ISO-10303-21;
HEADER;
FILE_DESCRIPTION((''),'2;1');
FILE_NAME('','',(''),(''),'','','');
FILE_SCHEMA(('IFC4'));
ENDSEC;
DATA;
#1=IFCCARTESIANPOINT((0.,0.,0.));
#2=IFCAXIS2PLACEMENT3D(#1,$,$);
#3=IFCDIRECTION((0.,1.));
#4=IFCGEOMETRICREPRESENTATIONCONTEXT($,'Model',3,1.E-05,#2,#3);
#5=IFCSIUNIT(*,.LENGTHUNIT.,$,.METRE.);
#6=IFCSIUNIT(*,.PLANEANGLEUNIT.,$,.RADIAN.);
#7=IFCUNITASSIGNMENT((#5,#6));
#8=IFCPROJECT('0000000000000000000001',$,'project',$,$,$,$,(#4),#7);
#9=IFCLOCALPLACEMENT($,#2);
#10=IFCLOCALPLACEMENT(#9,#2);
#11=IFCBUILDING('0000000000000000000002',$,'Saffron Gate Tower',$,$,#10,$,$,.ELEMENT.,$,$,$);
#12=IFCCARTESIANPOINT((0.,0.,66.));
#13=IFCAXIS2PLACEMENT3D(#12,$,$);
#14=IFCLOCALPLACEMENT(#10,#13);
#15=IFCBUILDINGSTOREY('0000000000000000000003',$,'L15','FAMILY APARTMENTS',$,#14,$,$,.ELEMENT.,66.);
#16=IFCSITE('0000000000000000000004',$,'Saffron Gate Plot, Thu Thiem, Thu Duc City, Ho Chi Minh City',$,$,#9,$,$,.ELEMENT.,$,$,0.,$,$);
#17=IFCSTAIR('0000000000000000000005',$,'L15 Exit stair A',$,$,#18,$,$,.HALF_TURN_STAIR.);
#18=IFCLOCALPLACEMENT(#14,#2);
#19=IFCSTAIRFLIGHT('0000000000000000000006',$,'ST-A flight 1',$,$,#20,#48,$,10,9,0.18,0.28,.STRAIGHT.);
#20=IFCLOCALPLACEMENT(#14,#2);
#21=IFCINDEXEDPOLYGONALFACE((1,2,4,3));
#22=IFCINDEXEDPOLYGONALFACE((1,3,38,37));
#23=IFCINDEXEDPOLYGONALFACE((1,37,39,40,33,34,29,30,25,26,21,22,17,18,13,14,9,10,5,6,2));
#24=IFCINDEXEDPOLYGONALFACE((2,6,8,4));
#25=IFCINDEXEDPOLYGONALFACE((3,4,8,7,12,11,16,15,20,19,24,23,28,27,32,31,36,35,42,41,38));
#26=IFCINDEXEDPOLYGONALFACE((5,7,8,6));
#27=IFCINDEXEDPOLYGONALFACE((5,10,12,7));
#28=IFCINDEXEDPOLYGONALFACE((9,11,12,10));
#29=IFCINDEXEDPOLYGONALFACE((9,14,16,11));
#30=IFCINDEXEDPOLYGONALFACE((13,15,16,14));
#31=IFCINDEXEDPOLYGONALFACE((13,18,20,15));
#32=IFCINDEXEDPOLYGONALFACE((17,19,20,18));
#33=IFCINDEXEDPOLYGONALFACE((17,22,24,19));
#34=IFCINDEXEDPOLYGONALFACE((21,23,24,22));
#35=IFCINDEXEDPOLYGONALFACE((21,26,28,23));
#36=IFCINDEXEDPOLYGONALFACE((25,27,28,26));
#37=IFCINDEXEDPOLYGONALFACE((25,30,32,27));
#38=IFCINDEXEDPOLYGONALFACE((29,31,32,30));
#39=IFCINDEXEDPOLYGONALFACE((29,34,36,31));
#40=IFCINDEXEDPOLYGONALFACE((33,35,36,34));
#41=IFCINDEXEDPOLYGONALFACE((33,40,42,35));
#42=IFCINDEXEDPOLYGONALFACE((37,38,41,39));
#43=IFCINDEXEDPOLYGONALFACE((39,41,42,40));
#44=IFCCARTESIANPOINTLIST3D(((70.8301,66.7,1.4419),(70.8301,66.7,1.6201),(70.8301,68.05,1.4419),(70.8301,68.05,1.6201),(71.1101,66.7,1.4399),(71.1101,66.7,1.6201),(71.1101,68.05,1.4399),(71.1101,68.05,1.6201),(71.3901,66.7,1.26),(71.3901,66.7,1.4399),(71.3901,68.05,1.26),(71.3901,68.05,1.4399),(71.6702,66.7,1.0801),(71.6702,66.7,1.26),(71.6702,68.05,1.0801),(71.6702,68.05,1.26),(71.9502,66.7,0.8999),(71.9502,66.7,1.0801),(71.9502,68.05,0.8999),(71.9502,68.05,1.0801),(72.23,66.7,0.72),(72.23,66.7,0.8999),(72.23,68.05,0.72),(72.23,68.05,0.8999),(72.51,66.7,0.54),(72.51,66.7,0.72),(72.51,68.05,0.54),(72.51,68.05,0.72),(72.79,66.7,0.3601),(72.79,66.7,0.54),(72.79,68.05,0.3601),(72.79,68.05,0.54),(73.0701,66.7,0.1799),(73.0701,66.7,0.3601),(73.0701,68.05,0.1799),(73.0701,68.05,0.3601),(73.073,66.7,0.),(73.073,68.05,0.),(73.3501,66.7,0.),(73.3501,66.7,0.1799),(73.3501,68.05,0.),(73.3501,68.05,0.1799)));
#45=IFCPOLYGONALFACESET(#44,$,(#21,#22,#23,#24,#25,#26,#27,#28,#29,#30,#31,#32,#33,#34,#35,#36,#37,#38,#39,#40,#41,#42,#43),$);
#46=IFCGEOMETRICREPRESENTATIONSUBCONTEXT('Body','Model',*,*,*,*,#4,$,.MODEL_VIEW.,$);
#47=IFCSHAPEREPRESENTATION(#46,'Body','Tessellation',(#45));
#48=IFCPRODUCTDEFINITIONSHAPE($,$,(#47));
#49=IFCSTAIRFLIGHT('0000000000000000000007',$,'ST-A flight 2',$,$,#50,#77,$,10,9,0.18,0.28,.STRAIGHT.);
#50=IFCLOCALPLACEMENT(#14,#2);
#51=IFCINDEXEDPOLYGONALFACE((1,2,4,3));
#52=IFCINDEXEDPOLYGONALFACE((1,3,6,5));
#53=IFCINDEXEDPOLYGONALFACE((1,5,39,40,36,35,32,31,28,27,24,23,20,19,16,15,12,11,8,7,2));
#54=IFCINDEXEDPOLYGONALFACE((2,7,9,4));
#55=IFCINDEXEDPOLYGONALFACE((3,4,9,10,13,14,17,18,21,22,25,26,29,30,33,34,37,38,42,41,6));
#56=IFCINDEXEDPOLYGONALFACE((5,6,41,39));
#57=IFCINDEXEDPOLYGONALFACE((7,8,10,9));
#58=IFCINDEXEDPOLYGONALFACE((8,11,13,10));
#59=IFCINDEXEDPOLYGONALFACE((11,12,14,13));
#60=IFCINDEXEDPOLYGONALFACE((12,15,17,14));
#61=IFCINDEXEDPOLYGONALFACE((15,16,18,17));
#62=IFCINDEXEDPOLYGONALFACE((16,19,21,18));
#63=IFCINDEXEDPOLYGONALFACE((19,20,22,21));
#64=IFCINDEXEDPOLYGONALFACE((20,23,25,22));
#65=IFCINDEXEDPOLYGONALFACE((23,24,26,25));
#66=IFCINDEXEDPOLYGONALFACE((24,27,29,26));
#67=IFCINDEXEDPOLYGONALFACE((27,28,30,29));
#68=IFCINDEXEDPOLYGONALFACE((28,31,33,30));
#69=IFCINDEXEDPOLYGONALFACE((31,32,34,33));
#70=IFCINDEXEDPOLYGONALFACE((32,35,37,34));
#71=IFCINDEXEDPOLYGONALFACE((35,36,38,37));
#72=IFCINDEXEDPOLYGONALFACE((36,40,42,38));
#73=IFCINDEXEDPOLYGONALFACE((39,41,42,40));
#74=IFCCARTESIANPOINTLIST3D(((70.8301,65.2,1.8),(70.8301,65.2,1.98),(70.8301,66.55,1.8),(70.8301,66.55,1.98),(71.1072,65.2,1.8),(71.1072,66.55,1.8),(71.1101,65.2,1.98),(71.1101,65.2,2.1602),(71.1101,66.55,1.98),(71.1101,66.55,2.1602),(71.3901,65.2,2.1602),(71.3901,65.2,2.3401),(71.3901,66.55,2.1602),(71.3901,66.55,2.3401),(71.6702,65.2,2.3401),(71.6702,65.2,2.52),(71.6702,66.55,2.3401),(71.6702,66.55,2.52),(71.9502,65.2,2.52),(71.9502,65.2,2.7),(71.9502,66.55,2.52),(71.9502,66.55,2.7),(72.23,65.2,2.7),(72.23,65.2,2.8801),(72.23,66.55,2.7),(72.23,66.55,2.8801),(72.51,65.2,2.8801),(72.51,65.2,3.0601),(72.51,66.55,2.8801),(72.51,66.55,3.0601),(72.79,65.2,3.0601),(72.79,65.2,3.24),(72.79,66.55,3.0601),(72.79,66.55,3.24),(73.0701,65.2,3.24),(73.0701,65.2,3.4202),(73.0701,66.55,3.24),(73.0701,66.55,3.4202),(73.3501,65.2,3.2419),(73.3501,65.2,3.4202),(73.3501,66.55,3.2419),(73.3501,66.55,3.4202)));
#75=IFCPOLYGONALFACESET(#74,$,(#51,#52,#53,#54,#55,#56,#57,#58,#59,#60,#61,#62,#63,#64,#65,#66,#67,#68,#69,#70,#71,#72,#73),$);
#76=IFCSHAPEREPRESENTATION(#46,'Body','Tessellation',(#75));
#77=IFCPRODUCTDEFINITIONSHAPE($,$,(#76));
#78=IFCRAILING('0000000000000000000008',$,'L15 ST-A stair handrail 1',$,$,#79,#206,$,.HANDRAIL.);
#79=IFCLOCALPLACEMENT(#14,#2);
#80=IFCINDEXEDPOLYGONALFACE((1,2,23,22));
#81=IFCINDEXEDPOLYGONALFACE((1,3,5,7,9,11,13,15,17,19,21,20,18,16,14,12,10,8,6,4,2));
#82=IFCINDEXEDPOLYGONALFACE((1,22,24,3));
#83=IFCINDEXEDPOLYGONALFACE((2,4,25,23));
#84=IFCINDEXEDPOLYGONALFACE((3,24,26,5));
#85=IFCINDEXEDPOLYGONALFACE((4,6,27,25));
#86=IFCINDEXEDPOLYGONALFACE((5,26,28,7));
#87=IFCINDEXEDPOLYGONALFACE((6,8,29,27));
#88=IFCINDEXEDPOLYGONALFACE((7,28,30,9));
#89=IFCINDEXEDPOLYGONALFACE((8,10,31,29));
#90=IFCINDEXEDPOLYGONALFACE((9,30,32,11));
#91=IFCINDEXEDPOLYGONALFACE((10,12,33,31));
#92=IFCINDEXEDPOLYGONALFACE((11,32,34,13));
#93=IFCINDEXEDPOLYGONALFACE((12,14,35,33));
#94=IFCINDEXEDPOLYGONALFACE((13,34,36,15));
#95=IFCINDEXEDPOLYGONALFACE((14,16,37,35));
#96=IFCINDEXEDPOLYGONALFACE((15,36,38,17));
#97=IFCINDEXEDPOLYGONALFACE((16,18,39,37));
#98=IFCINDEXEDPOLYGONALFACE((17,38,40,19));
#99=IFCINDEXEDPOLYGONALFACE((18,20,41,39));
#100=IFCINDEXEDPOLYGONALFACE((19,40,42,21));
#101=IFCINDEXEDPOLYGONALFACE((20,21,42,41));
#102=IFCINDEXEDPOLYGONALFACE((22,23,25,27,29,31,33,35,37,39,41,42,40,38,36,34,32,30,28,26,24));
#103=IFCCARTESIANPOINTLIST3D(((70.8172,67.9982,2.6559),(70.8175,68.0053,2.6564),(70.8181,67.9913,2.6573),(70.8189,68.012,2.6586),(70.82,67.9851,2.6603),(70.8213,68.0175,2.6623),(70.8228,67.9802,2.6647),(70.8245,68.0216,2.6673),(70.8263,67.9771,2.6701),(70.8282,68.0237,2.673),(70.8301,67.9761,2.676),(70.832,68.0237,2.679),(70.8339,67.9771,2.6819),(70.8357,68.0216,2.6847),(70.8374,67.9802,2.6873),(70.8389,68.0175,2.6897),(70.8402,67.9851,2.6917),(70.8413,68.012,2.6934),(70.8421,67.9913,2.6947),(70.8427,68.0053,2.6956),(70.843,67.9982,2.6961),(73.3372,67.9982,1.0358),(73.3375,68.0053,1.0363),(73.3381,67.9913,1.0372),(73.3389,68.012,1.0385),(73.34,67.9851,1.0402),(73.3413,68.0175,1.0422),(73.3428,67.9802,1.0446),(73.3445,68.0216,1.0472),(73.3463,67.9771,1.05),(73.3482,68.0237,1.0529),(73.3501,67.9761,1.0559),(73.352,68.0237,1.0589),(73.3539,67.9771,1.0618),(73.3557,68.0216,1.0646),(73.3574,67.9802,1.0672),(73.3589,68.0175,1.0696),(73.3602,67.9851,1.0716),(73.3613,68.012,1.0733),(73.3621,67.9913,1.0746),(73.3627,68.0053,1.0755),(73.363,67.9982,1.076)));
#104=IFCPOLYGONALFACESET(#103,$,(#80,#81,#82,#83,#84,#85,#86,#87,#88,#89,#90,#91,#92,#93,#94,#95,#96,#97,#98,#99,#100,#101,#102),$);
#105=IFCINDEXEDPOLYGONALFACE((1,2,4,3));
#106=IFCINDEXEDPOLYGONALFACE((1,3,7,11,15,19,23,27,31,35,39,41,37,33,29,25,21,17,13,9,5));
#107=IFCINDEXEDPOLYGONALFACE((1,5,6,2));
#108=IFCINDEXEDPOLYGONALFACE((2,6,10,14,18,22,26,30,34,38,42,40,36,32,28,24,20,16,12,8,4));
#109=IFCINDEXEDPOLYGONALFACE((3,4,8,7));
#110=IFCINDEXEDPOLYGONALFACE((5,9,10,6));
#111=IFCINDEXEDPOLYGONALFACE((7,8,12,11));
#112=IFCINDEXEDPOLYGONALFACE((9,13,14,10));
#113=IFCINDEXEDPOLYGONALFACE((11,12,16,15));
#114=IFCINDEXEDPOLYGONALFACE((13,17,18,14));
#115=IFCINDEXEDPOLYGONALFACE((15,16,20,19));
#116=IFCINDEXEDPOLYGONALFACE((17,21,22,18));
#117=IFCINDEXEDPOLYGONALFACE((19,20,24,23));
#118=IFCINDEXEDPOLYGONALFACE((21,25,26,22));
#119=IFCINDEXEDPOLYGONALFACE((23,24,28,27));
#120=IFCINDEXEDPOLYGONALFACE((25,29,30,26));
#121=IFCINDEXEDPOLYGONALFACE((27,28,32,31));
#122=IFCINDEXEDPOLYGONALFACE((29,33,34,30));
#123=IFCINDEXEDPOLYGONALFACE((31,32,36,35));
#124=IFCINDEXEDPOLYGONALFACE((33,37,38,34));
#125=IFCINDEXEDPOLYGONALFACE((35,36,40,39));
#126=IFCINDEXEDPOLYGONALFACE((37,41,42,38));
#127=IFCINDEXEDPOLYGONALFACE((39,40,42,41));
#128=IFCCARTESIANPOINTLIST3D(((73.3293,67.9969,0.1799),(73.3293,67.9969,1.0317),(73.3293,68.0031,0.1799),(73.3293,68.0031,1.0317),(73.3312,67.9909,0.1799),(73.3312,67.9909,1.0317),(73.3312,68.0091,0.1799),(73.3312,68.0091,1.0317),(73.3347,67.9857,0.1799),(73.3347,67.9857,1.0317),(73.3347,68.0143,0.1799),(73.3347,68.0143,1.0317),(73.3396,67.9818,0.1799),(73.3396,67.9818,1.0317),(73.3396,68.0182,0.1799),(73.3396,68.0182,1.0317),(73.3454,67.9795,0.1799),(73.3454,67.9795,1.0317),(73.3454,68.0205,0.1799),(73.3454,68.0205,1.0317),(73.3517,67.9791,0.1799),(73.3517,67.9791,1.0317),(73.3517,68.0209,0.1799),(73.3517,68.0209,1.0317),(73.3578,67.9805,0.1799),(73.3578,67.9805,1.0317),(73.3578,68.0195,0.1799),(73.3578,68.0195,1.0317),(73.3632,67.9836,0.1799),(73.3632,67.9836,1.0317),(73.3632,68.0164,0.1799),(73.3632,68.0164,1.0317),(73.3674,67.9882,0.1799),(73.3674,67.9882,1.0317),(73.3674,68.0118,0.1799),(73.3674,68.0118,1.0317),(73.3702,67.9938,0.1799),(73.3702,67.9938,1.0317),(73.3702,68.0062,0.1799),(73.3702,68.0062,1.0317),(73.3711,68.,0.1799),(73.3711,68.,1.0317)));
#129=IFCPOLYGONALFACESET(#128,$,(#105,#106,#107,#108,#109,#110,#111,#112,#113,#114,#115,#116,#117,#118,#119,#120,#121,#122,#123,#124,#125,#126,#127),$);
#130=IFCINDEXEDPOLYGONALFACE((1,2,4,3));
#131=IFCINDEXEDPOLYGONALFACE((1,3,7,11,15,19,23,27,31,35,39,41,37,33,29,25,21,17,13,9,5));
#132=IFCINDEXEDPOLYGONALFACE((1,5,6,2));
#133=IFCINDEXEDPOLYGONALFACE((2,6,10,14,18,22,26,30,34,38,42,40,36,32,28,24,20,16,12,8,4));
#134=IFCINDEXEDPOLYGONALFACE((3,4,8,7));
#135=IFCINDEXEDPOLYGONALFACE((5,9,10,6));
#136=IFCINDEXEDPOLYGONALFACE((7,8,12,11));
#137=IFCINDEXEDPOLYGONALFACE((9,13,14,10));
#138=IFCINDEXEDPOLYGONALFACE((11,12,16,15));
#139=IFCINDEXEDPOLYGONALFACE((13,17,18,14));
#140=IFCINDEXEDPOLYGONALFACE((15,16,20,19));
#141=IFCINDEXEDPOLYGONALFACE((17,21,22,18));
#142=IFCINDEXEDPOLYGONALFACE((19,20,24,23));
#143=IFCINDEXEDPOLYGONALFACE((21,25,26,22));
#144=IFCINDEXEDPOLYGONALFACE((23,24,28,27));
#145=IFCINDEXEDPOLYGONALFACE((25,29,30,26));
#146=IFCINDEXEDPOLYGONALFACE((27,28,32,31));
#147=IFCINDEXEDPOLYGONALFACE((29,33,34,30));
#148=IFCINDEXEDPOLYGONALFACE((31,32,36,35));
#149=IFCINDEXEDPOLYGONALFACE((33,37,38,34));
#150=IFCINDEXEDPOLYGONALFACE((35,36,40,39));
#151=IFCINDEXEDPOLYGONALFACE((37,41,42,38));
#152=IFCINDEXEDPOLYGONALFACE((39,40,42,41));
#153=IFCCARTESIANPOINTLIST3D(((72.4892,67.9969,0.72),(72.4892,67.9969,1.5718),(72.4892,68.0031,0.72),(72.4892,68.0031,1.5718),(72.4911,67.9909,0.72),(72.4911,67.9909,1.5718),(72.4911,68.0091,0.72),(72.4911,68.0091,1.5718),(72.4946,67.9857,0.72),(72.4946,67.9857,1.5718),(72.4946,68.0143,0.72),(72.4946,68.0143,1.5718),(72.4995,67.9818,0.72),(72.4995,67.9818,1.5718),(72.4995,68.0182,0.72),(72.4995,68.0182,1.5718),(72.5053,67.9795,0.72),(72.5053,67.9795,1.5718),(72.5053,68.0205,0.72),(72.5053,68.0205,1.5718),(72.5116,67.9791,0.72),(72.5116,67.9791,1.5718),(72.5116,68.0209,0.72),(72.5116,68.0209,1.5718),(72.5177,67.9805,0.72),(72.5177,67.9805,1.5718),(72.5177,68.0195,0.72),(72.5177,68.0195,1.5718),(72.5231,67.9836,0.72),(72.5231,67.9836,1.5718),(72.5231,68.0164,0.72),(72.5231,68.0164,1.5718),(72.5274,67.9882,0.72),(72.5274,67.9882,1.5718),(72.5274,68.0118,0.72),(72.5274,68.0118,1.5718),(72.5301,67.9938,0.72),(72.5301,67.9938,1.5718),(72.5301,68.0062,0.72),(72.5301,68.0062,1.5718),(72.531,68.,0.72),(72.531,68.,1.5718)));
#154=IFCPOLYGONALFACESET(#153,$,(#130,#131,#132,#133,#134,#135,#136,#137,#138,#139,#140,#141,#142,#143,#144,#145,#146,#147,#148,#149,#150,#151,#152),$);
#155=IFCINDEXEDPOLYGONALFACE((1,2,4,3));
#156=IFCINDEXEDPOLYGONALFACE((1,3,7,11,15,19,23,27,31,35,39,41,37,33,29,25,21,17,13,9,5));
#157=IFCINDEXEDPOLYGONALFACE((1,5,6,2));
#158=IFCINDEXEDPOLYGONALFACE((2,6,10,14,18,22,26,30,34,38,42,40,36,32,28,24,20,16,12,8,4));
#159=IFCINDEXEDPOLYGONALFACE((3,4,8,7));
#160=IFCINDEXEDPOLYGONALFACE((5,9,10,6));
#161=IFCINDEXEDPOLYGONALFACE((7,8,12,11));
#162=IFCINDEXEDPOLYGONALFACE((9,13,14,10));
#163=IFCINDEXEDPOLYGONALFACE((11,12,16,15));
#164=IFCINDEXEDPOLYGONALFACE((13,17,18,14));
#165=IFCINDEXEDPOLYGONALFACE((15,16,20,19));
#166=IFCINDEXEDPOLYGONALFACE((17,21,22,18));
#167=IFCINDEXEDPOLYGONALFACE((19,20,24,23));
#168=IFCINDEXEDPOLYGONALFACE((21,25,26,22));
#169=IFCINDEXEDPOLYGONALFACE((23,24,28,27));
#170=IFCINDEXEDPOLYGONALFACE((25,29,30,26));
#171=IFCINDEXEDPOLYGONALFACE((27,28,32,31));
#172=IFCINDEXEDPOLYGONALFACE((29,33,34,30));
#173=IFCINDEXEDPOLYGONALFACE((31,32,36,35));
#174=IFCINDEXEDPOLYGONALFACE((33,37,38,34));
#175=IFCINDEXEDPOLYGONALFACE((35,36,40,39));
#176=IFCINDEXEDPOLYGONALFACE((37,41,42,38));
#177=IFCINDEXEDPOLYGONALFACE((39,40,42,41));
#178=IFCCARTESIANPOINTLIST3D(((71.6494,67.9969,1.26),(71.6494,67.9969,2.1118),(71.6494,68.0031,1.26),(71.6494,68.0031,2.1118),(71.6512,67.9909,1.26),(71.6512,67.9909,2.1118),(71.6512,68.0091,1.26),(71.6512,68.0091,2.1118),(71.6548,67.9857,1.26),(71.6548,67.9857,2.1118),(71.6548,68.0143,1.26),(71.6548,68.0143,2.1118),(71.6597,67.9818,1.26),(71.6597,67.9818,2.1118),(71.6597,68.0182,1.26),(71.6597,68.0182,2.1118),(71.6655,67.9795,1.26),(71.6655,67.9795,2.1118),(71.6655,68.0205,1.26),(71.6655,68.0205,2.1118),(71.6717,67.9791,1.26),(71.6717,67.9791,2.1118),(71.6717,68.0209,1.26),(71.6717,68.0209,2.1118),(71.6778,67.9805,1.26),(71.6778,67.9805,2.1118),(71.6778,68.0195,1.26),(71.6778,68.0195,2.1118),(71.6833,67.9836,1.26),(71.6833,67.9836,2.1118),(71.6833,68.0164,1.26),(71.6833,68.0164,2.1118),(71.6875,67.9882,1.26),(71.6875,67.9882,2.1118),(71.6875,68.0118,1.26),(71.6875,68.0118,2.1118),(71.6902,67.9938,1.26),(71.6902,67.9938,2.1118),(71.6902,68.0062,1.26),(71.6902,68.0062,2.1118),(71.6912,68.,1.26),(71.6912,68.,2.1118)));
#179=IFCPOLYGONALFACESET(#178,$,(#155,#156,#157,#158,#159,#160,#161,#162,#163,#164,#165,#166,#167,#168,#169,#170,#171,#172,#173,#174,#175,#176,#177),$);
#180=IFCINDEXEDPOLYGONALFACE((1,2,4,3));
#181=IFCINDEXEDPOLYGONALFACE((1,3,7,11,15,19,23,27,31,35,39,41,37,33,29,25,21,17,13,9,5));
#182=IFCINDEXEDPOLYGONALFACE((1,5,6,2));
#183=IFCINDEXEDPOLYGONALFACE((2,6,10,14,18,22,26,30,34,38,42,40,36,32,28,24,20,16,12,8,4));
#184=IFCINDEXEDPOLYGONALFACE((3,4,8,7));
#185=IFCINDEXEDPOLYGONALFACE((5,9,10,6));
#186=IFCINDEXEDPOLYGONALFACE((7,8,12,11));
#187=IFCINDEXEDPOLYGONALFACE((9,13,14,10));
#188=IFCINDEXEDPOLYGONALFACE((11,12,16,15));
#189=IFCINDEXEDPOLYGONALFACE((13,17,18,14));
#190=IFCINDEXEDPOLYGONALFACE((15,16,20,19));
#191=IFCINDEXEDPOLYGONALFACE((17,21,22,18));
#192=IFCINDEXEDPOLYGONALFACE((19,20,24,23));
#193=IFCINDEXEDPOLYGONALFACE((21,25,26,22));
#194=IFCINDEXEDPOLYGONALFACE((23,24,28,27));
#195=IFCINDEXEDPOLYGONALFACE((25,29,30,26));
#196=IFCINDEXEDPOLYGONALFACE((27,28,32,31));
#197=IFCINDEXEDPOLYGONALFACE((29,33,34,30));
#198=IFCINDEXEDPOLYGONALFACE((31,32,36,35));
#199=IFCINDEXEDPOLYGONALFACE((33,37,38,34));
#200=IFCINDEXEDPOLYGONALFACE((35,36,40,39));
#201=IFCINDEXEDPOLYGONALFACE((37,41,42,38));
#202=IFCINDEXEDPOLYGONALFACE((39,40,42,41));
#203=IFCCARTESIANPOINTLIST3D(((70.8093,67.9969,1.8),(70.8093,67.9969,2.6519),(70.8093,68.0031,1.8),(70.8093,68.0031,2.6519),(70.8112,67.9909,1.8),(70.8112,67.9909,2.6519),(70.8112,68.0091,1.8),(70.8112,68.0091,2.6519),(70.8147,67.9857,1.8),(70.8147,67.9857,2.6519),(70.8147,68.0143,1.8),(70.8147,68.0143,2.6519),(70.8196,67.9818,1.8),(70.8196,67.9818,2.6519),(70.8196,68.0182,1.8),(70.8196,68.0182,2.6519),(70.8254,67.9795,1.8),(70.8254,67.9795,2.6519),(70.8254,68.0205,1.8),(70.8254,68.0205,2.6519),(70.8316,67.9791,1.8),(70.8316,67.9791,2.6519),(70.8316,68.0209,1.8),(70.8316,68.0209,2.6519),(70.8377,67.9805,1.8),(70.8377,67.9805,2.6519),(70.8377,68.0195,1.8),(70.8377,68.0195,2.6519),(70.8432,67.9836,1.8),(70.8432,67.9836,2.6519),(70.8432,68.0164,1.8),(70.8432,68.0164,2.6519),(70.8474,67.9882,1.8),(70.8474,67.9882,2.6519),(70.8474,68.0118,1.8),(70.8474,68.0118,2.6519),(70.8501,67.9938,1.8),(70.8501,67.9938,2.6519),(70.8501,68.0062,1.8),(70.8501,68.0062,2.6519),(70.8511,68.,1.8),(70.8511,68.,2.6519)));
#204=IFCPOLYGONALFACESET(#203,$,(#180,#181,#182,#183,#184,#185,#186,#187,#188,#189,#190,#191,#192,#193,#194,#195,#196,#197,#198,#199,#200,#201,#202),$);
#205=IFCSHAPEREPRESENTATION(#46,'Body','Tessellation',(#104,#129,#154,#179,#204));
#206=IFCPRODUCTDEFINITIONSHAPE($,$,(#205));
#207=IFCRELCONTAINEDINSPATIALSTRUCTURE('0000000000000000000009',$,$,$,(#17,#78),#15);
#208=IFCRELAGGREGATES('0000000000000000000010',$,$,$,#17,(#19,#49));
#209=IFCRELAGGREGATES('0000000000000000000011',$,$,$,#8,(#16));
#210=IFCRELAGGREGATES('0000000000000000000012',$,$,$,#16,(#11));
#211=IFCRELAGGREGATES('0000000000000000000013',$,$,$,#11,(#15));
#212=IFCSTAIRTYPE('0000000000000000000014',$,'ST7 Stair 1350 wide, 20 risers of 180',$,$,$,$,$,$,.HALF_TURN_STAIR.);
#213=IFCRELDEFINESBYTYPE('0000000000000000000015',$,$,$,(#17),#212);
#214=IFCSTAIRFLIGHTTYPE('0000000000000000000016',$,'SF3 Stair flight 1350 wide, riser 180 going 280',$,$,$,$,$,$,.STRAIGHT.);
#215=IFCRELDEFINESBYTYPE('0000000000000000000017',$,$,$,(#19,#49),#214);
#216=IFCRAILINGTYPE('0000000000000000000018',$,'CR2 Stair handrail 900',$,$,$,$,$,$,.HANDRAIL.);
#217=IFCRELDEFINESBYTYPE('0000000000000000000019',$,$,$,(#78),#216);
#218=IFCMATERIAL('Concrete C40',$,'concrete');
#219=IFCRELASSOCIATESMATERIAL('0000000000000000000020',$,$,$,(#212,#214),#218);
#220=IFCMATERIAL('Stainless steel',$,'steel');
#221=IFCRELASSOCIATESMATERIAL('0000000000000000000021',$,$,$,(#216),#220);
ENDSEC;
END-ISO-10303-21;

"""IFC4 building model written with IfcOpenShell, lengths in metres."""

from ifc_helpers import new_model, si_unit, direction, frame, origin, origin_2d, place, context, subcontext, project, spatial, polyline, circle, outline, extrude, material, type_object, element, aggregate, save


model = new_model("IFC4")

# Units and contexts
model_context = context("Model", 3, precision=1e-05, world=origin(), true_north=direction((0.0, 1.0)))
body_context = subcontext(model_context, "Body", "Model", "MODEL_VIEW")
ifc_project = project(units=[si_unit("LENGTHUNIT", "METRE"), si_unit("PLANEANGLEUNIT", "RADIAN")], contexts=[model_context])

# Site, building, storey
site_placement = place(None, origin())
site = spatial("IfcSite", under=ifc_project, at=site_placement, Name="Saffron Gate Plot, Thu Thiem, Thu Duc City, Ho Chi Minh City", CompositionType="ELEMENT", RefElevation=0.0)
building_placement = place(site_placement, origin())
building = spatial("IfcBuilding", under=site, at=building_placement, Name="Saffron Gate Tower", CompositionType="ELEMENT")
storey_placement = place(building_placement, frame((0.0, 0.0, 66.0)))
storey = spatial("IfcBuildingStorey", under=building, at=storey_placement, Name="L15", Description="FAMILY APARTMENTS", CompositionType="ELEMENT", Elevation=66.0)

# Stair, stair flights
ifc_material_1 = material(Name="Concrete C40", Category="concrete")
stair_type = type_object("IfcStairType", Name="ST7 Stair 1350 wide, 20 risers of 180", PredefinedType="HALF_TURN_STAIR", material=ifc_material_1)
stair_placement = place(storey_placement, origin())
stair = element("IfcStair", 1, at=stair_placement, inside=storey, type_object=stair_type, Name="L15 Exit stair A", PredefinedType="HALF_TURN_STAIR")
stair_flight_type = type_object("IfcStairFlightType", Name="SF3 Stair flight 1350 wide, riser 180 going 280", PredefinedType="STRAIGHT", material=ifc_material_1)
stair_flight_1_placement = place(storey_placement, frame((73.3501, 67.375, 0.0), z_axis=(0.0, 0.0, 1.0), x_axis=(-1.0, 0.0, 0.0)))
stair_flight_1 = element("IfcStairFlight", 2, at=stair_flight_1_placement, type_object=stair_flight_type, Name="ST-A flight 1", NumberOfRisers=10, NumberOfTreads=9, PredefinedType="STRAIGHT", RiserHeight=0.18, TreadLength=0.28, context=body_context, shape_type="SweptSolid", body=[
    extrude(outline(polyline([(0.0, 0.0), (0.0, 0.1799), (0.28, 0.1799), (0.28, 0.3601), (0.5601, 0.3601), (0.5601, 0.54), (0.8401, 0.54), (0.8401, 0.72), (1.1201, 0.72), (1.1201, 0.8999), (1.3999, 0.8999), (1.3999, 1.0801), (1.6799, 1.0801), (1.6799, 1.26), (1.96, 1.26), (1.96, 1.4399), (2.24, 1.4399), (2.24, 1.6201), (2.52, 1.6201), (2.52, 1.8), (2.52, 1.4419), (0.2771, 0.0), (0.0, 0.0)])), frame((0.0, 0.675, 0.0), z_axis=(0.0, -1.0, 0.0), x_axis=(1.0, 0.0, 0.0)), (0.0, 0.0, 1.0), 1.3501),
])
stair_flight_2_placement = place(storey_placement, frame((70.8301, 65.875, 1.8), z_axis=(0.0, 0.0, 1.0), x_axis=(1.0, 0.0, 0.0)))
stair_flight_2 = element("IfcStairFlight", 3, at=stair_flight_2_placement, type_object=stair_flight_type, Name="ST-A flight 2", NumberOfRisers=10, NumberOfTreads=9, PredefinedType="STRAIGHT", RiserHeight=0.18, TreadLength=0.28, context=body_context, shape_type="SweptSolid", body=[
    extrude(outline(polyline([(0.0, 0.0), (0.0, 0.1799), (0.28, 0.1799), (0.28, 0.3601), (0.5601, 0.3601), (0.5601, 0.54), (0.8401, 0.54), (0.8401, 0.72), (1.1201, 0.72), (1.1201, 0.8999), (1.3999, 0.8999), (1.3999, 1.0801), (1.6799, 1.0801), (1.6799, 1.26), (1.96, 1.26), (1.96, 1.4399), (2.24, 1.4399), (2.24, 1.6201), (2.52, 1.6201), (2.52, 1.8), (2.52, 1.4419), (0.2771, 0.0), (0.0, 0.0)])), frame((0.0, 0.675, 0.0), z_axis=(0.0, -1.0, 0.0), x_axis=(1.0, 0.0, 0.0)), (0.0, 0.0, 1.0), 1.3501),
])
aggregate(stair, [stair_flight_1, stair_flight_2])

# Railing
ifc_material_2 = material(Name="Stainless steel", Category="steel")
railing_type_1 = type_object("IfcRailingType", Name="CR2 Stair handrail 900", PredefinedType="HANDRAIL", material=ifc_material_2)
railing_1_placement = place(storey_placement, frame((73.3501, 68.0, 0.1799)))
element("IfcRailing", 4, at=railing_1_placement, inside=storey, type_object=railing_type_1, Name="L15 ST-A stair handrail 1", PredefinedType="HANDRAIL", context=body_context, shape_type="SweptSolid", body=[
    extrude(circle(Radius=0.0239, at=origin_2d()), frame((0.0, 0.0, 0.876), z_axis=(-0.841163, 0.0, 0.540782), x_axis=(0.0, -1.0, 0.0)), (0.0, 0.0, 1.0), 2.9958),
    extrude(circle(Radius=0.021, at=origin_2d()), origin(), (0.0, 0.0, 1.0), 0.8518),
    extrude(circle(Radius=0.021, at=origin_2d()), frame((-0.8401, 0.0, 0.54)), (0.0, 0.0, 1.0), 0.8518),
    extrude(circle(Radius=0.021, at=origin_2d()), frame((-1.6799, 0.0, 1.0801)), (0.0, 0.0, 1.0), 0.8518),
    extrude(circle(Radius=0.021, at=origin_2d()), frame((-2.52, 0.0, 1.6201)), (0.0, 0.0, 1.0), 0.8518),
])

save(model, "model.ifc")
